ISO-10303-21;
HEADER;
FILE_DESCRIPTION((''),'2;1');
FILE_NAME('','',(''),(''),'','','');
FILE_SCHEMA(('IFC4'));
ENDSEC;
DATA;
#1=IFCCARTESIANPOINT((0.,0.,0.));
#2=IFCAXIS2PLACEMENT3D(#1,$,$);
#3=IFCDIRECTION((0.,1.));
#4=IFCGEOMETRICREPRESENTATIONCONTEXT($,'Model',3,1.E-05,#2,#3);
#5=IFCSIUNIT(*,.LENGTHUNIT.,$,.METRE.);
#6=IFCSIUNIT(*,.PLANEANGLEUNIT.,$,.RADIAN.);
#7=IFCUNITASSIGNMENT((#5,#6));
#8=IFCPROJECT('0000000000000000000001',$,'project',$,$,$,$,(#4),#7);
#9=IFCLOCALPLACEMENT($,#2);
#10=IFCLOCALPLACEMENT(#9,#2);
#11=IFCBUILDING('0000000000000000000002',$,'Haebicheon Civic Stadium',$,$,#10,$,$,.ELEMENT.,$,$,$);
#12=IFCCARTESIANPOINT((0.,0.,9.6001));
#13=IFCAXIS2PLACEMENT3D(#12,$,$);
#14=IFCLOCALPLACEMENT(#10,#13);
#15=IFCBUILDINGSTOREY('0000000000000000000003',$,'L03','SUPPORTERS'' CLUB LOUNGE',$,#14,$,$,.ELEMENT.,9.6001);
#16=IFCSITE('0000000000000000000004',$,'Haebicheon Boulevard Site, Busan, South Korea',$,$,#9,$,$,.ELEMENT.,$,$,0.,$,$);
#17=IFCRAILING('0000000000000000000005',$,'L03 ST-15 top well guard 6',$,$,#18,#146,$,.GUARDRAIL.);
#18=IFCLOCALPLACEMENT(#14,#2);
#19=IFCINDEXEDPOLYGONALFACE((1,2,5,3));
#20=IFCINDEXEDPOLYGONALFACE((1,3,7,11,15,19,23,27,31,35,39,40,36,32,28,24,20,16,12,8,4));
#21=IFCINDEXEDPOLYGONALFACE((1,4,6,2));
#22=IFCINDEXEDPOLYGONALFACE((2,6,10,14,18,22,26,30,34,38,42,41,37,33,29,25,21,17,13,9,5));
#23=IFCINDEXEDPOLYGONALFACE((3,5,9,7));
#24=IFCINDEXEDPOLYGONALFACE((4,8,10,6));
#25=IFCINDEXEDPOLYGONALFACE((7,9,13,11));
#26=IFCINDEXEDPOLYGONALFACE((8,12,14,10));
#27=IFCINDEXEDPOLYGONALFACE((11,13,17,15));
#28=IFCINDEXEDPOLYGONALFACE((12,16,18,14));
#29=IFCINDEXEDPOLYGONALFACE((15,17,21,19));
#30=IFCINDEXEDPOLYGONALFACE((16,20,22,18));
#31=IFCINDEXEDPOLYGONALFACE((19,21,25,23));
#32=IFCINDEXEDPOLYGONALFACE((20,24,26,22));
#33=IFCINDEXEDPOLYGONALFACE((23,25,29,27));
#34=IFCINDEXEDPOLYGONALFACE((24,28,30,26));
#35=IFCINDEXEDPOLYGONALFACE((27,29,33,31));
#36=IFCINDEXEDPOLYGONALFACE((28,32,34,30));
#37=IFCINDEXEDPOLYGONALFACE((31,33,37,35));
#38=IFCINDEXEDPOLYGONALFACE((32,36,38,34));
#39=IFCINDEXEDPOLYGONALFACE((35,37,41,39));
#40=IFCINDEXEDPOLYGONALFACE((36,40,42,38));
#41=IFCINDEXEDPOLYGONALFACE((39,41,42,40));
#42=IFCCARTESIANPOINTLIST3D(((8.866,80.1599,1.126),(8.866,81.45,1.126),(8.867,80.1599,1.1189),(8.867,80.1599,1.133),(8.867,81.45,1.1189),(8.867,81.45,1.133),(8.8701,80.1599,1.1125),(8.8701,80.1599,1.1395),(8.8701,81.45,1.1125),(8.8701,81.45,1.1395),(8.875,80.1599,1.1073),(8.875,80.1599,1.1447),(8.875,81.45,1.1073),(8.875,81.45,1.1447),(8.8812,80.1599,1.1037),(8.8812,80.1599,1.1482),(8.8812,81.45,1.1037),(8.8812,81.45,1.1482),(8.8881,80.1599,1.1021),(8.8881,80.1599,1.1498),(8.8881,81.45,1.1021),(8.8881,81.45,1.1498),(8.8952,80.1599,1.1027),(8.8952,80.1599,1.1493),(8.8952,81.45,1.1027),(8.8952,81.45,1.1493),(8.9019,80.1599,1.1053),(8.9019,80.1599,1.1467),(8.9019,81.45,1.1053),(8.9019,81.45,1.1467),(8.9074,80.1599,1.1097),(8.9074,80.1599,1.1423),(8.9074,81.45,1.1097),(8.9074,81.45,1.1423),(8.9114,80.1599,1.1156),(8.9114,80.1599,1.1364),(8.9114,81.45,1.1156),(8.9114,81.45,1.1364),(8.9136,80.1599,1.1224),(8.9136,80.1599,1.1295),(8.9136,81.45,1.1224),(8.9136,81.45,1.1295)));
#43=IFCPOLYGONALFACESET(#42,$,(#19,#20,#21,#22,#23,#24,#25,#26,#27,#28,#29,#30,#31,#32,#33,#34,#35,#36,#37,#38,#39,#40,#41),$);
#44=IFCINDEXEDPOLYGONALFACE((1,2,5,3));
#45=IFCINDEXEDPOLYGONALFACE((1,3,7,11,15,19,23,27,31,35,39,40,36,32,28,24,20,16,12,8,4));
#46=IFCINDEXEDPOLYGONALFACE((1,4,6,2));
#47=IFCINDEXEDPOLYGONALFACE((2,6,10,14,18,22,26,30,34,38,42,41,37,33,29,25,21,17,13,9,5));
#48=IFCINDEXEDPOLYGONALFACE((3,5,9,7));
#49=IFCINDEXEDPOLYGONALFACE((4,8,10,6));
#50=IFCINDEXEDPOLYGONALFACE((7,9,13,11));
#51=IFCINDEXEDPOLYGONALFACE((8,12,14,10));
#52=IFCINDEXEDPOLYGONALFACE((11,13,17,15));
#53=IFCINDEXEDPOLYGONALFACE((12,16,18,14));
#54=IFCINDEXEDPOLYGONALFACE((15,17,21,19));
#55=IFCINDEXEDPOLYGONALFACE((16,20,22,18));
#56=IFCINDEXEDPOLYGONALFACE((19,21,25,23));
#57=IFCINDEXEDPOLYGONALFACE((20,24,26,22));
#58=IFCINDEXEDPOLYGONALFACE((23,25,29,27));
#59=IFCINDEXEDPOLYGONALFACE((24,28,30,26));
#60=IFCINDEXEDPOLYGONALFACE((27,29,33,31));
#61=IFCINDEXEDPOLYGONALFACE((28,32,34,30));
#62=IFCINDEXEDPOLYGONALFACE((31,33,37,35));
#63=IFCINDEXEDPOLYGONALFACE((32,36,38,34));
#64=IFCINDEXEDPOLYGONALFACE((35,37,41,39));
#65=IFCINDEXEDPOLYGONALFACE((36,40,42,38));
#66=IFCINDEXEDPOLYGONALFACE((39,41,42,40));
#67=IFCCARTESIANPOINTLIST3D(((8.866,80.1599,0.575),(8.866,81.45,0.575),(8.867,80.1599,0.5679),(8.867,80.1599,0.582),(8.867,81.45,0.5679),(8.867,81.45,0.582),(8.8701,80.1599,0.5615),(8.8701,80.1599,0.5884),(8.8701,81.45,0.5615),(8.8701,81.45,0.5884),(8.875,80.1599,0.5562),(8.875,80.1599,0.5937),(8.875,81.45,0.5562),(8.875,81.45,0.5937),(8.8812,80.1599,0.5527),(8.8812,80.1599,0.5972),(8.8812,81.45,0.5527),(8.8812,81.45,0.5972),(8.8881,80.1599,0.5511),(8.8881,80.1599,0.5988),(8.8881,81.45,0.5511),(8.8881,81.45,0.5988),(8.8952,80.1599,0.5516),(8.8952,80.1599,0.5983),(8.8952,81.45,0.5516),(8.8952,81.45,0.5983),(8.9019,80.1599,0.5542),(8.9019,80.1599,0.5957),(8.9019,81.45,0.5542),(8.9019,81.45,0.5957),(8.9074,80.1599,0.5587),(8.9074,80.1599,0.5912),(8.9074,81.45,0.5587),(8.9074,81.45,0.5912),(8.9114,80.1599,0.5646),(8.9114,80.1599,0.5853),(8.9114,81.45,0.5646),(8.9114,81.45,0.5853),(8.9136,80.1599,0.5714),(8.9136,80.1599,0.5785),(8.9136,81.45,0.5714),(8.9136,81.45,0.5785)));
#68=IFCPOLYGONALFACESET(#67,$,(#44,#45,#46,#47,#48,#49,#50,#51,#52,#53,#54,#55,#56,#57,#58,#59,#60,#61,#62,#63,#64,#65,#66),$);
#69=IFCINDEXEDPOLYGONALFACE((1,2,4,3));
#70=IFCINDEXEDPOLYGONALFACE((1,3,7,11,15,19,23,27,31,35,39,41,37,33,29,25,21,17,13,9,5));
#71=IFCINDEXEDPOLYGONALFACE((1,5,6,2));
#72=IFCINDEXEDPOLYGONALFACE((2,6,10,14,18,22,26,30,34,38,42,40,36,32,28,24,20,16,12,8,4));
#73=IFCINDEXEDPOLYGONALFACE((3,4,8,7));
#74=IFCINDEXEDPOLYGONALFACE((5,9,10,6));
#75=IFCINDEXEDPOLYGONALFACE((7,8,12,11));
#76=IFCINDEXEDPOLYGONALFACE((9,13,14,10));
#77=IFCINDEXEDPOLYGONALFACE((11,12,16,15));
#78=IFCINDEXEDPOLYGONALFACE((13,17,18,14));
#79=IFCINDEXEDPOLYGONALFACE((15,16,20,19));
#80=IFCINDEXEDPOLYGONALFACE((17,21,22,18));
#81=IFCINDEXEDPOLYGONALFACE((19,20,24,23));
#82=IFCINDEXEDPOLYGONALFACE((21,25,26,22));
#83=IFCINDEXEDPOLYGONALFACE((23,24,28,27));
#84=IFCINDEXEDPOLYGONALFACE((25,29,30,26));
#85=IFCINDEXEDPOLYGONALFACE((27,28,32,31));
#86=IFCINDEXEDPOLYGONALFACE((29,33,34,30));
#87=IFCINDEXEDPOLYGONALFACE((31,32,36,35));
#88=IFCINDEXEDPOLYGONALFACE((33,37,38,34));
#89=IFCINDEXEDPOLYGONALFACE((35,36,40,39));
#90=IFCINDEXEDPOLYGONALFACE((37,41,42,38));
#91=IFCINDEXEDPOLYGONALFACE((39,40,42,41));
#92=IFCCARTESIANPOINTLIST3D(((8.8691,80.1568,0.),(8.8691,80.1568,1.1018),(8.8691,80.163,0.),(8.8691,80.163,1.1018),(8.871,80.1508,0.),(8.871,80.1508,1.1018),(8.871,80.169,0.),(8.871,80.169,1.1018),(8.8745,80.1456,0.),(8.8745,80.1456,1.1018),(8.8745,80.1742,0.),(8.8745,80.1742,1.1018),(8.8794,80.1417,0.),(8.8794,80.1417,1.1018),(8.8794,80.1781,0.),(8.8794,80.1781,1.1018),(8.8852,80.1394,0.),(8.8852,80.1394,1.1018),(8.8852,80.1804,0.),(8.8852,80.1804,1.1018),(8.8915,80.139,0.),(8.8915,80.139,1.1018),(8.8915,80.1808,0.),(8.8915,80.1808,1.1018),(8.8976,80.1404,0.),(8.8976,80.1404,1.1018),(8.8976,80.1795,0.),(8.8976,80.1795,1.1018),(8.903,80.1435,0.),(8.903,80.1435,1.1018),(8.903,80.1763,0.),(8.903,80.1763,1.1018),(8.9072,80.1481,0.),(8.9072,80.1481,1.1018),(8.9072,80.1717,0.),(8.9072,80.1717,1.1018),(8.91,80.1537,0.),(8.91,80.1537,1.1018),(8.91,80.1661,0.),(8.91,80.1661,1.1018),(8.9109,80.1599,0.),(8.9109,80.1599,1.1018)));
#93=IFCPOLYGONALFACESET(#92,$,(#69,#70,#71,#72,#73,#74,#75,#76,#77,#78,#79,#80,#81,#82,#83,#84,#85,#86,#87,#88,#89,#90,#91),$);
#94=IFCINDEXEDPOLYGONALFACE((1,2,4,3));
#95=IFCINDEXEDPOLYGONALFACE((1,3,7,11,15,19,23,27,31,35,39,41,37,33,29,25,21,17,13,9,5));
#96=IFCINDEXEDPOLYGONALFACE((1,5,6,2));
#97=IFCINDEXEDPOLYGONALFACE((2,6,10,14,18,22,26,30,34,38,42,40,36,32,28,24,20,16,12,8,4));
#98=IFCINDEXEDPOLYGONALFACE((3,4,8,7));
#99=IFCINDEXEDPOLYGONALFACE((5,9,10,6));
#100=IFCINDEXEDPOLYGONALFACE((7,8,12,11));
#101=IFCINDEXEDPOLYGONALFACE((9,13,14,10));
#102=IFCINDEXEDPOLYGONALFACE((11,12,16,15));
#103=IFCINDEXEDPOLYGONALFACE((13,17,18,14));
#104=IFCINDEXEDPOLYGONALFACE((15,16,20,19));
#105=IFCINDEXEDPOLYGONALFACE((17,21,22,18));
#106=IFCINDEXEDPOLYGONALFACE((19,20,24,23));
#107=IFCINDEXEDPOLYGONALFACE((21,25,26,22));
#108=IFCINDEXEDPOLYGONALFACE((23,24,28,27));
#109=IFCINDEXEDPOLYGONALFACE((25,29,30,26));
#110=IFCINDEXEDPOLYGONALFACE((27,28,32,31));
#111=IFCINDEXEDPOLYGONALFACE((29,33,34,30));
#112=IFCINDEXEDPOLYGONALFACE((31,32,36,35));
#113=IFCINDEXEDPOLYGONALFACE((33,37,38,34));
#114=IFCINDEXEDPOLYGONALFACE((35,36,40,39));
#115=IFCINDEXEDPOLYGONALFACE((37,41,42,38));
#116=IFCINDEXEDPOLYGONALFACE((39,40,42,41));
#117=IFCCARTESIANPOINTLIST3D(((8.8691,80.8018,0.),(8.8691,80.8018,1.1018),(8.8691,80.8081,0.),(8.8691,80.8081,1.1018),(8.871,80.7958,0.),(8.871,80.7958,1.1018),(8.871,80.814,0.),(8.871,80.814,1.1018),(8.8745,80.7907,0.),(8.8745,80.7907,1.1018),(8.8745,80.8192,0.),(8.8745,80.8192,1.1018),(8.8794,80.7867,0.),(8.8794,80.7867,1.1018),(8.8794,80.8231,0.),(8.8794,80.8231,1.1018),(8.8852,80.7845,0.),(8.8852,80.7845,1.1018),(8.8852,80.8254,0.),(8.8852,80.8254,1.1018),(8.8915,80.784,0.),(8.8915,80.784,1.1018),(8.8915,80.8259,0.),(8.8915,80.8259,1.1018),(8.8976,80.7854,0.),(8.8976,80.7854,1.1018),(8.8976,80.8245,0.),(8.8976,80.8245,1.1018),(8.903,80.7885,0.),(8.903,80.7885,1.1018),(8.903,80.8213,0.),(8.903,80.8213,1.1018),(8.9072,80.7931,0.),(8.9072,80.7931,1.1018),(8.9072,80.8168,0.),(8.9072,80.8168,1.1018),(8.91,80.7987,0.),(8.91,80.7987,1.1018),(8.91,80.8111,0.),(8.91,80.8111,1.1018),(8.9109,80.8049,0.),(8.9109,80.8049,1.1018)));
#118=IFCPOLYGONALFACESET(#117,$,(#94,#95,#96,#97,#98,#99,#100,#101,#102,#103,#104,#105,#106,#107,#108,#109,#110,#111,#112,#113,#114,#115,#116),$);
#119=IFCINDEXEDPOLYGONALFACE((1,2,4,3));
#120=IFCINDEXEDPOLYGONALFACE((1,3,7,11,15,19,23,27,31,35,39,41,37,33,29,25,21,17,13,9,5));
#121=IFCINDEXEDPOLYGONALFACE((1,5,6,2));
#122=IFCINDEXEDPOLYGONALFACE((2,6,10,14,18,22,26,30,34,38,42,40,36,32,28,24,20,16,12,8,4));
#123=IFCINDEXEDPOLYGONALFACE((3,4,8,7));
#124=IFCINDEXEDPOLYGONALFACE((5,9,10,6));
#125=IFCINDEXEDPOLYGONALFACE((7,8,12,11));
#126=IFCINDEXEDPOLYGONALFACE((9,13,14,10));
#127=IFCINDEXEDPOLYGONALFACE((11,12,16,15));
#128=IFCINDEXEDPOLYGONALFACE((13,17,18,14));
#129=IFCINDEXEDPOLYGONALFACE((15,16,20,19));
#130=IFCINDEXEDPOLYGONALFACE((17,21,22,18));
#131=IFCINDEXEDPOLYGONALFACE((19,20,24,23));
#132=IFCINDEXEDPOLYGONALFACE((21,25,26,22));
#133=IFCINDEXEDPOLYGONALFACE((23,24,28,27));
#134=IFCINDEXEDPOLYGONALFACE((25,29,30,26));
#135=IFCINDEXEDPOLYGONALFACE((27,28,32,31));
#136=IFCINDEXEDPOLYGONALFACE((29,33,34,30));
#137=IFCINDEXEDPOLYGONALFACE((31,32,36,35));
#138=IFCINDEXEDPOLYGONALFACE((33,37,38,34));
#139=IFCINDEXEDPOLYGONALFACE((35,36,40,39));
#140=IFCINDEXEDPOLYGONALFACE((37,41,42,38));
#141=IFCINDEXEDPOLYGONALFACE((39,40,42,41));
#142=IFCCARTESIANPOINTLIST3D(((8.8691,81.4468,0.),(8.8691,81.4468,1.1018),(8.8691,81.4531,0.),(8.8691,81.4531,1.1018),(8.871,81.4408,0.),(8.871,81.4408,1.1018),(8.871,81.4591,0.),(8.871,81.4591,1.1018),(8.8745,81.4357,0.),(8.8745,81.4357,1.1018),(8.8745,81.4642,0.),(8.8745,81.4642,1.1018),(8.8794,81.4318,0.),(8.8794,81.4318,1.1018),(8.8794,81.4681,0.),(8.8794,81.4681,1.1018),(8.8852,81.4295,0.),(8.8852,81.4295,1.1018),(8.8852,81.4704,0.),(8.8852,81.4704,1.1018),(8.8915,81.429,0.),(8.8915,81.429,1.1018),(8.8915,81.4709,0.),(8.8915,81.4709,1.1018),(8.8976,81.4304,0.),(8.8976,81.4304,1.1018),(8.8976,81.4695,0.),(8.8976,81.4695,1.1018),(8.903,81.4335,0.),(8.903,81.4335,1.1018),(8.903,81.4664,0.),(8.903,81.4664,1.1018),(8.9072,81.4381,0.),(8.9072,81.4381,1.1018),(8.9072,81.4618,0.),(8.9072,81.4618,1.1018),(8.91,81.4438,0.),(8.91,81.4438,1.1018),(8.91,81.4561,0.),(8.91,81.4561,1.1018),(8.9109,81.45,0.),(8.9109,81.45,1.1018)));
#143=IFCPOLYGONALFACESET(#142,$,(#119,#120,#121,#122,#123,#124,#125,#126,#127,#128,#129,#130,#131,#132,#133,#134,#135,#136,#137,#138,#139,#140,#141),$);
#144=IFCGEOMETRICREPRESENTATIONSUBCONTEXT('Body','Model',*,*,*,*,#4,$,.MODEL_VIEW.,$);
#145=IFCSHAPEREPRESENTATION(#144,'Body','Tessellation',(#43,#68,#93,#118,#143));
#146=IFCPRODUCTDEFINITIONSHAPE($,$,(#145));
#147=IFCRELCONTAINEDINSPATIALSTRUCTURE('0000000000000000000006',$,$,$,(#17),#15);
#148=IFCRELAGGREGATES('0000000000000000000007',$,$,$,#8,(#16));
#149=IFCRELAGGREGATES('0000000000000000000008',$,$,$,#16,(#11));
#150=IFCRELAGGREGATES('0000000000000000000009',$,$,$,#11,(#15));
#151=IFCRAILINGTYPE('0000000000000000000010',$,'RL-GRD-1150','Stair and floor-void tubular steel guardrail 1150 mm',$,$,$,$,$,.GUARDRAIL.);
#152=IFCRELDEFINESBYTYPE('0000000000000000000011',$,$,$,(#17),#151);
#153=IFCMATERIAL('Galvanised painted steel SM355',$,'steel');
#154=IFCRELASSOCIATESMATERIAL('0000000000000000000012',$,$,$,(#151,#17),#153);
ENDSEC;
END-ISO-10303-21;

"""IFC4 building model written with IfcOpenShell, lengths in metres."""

from ifc_helpers import new_model, si_unit, direction, frame, origin, origin_2d, place, context, subcontext, project, spatial, circle, extrude, material, type_object, element, save


model = new_model("IFC4")

# Units and contexts
model_context = context("Model", 3, precision=1e-05, world=origin(), true_north=direction((0.0, 1.0)))
body_context = subcontext(model_context, "Body", "Model", "MODEL_VIEW")
ifc_project = project(units=[si_unit("LENGTHUNIT", "METRE"), si_unit("PLANEANGLEUNIT", "RADIAN")], contexts=[model_context])

# Site, building, storey
site_placement = place(None, origin())
site = spatial("IfcSite", under=ifc_project, at=site_placement, Name="Haebicheon Boulevard Site, Busan, South Korea", CompositionType="ELEMENT", RefElevation=0.0)
building_placement = place(site_placement, origin())
building = spatial("IfcBuilding", under=site, at=building_placement, Name="Haebicheon Civic Stadium", CompositionType="ELEMENT")
storey_placement = place(building_placement, frame((0.0, 0.0, 9.6001)))
storey = spatial("IfcBuildingStorey", under=building, at=storey_placement, Name="L03", Description="SUPPORTERS' CLUB LOUNGE", CompositionType="ELEMENT", Elevation=9.6001)

# Railing
ifc_material_1 = material(Name="Galvanised painted steel SM355", Category="steel")
railing_type = type_object("IfcRailingType", Name="RL-GRD-1150", Description="Stair and floor-void tubular steel guardrail 1150 mm", PredefinedType="GUARDRAIL", material=ifc_material_1)
for number, where, name in (
    (1, (8.8899, 80.1599, 0.0), "L03 ST-15 top well guard 6"),
):
    element("IfcRailing", number, at=place(storey_placement, frame(where)), inside=storey, type_object=railing_type, material=ifc_material_1, Name=name, PredefinedType="GUARDRAIL", context=body_context, shape_type="SweptSolid", body=[
        extrude(circle(Radius=0.0239, at=origin_2d()), frame((0.0, 0.0, 1.126), z_axis=(0.0, 1.0, 0.0), x_axis=(-1.0, 0.0, 0.0)), (0.0, 0.0, 1.0), 1.29),
        extrude(circle(Radius=0.0239, at=origin_2d()), frame((0.0, 0.0, 0.575), z_axis=(0.0, 1.0, 0.0), x_axis=(-1.0, 0.0, 0.0)), (0.0, 0.0, 1.0), 1.29),
        extrude(circle(Radius=0.021, at=origin_2d()), origin(), (0.0, 0.0, 1.0), 1.1018),
        extrude(circle(Radius=0.021, at=origin_2d()), frame((0.0, 0.645, 0.0)), (0.0, 0.0, 1.0), 1.1018),
        extrude(circle(Radius=0.021, at=origin_2d()), frame((0.0, 1.29, 0.0)), (0.0, 0.0, 1.0), 1.1018),
    ])

save(model, "model.ifc")
